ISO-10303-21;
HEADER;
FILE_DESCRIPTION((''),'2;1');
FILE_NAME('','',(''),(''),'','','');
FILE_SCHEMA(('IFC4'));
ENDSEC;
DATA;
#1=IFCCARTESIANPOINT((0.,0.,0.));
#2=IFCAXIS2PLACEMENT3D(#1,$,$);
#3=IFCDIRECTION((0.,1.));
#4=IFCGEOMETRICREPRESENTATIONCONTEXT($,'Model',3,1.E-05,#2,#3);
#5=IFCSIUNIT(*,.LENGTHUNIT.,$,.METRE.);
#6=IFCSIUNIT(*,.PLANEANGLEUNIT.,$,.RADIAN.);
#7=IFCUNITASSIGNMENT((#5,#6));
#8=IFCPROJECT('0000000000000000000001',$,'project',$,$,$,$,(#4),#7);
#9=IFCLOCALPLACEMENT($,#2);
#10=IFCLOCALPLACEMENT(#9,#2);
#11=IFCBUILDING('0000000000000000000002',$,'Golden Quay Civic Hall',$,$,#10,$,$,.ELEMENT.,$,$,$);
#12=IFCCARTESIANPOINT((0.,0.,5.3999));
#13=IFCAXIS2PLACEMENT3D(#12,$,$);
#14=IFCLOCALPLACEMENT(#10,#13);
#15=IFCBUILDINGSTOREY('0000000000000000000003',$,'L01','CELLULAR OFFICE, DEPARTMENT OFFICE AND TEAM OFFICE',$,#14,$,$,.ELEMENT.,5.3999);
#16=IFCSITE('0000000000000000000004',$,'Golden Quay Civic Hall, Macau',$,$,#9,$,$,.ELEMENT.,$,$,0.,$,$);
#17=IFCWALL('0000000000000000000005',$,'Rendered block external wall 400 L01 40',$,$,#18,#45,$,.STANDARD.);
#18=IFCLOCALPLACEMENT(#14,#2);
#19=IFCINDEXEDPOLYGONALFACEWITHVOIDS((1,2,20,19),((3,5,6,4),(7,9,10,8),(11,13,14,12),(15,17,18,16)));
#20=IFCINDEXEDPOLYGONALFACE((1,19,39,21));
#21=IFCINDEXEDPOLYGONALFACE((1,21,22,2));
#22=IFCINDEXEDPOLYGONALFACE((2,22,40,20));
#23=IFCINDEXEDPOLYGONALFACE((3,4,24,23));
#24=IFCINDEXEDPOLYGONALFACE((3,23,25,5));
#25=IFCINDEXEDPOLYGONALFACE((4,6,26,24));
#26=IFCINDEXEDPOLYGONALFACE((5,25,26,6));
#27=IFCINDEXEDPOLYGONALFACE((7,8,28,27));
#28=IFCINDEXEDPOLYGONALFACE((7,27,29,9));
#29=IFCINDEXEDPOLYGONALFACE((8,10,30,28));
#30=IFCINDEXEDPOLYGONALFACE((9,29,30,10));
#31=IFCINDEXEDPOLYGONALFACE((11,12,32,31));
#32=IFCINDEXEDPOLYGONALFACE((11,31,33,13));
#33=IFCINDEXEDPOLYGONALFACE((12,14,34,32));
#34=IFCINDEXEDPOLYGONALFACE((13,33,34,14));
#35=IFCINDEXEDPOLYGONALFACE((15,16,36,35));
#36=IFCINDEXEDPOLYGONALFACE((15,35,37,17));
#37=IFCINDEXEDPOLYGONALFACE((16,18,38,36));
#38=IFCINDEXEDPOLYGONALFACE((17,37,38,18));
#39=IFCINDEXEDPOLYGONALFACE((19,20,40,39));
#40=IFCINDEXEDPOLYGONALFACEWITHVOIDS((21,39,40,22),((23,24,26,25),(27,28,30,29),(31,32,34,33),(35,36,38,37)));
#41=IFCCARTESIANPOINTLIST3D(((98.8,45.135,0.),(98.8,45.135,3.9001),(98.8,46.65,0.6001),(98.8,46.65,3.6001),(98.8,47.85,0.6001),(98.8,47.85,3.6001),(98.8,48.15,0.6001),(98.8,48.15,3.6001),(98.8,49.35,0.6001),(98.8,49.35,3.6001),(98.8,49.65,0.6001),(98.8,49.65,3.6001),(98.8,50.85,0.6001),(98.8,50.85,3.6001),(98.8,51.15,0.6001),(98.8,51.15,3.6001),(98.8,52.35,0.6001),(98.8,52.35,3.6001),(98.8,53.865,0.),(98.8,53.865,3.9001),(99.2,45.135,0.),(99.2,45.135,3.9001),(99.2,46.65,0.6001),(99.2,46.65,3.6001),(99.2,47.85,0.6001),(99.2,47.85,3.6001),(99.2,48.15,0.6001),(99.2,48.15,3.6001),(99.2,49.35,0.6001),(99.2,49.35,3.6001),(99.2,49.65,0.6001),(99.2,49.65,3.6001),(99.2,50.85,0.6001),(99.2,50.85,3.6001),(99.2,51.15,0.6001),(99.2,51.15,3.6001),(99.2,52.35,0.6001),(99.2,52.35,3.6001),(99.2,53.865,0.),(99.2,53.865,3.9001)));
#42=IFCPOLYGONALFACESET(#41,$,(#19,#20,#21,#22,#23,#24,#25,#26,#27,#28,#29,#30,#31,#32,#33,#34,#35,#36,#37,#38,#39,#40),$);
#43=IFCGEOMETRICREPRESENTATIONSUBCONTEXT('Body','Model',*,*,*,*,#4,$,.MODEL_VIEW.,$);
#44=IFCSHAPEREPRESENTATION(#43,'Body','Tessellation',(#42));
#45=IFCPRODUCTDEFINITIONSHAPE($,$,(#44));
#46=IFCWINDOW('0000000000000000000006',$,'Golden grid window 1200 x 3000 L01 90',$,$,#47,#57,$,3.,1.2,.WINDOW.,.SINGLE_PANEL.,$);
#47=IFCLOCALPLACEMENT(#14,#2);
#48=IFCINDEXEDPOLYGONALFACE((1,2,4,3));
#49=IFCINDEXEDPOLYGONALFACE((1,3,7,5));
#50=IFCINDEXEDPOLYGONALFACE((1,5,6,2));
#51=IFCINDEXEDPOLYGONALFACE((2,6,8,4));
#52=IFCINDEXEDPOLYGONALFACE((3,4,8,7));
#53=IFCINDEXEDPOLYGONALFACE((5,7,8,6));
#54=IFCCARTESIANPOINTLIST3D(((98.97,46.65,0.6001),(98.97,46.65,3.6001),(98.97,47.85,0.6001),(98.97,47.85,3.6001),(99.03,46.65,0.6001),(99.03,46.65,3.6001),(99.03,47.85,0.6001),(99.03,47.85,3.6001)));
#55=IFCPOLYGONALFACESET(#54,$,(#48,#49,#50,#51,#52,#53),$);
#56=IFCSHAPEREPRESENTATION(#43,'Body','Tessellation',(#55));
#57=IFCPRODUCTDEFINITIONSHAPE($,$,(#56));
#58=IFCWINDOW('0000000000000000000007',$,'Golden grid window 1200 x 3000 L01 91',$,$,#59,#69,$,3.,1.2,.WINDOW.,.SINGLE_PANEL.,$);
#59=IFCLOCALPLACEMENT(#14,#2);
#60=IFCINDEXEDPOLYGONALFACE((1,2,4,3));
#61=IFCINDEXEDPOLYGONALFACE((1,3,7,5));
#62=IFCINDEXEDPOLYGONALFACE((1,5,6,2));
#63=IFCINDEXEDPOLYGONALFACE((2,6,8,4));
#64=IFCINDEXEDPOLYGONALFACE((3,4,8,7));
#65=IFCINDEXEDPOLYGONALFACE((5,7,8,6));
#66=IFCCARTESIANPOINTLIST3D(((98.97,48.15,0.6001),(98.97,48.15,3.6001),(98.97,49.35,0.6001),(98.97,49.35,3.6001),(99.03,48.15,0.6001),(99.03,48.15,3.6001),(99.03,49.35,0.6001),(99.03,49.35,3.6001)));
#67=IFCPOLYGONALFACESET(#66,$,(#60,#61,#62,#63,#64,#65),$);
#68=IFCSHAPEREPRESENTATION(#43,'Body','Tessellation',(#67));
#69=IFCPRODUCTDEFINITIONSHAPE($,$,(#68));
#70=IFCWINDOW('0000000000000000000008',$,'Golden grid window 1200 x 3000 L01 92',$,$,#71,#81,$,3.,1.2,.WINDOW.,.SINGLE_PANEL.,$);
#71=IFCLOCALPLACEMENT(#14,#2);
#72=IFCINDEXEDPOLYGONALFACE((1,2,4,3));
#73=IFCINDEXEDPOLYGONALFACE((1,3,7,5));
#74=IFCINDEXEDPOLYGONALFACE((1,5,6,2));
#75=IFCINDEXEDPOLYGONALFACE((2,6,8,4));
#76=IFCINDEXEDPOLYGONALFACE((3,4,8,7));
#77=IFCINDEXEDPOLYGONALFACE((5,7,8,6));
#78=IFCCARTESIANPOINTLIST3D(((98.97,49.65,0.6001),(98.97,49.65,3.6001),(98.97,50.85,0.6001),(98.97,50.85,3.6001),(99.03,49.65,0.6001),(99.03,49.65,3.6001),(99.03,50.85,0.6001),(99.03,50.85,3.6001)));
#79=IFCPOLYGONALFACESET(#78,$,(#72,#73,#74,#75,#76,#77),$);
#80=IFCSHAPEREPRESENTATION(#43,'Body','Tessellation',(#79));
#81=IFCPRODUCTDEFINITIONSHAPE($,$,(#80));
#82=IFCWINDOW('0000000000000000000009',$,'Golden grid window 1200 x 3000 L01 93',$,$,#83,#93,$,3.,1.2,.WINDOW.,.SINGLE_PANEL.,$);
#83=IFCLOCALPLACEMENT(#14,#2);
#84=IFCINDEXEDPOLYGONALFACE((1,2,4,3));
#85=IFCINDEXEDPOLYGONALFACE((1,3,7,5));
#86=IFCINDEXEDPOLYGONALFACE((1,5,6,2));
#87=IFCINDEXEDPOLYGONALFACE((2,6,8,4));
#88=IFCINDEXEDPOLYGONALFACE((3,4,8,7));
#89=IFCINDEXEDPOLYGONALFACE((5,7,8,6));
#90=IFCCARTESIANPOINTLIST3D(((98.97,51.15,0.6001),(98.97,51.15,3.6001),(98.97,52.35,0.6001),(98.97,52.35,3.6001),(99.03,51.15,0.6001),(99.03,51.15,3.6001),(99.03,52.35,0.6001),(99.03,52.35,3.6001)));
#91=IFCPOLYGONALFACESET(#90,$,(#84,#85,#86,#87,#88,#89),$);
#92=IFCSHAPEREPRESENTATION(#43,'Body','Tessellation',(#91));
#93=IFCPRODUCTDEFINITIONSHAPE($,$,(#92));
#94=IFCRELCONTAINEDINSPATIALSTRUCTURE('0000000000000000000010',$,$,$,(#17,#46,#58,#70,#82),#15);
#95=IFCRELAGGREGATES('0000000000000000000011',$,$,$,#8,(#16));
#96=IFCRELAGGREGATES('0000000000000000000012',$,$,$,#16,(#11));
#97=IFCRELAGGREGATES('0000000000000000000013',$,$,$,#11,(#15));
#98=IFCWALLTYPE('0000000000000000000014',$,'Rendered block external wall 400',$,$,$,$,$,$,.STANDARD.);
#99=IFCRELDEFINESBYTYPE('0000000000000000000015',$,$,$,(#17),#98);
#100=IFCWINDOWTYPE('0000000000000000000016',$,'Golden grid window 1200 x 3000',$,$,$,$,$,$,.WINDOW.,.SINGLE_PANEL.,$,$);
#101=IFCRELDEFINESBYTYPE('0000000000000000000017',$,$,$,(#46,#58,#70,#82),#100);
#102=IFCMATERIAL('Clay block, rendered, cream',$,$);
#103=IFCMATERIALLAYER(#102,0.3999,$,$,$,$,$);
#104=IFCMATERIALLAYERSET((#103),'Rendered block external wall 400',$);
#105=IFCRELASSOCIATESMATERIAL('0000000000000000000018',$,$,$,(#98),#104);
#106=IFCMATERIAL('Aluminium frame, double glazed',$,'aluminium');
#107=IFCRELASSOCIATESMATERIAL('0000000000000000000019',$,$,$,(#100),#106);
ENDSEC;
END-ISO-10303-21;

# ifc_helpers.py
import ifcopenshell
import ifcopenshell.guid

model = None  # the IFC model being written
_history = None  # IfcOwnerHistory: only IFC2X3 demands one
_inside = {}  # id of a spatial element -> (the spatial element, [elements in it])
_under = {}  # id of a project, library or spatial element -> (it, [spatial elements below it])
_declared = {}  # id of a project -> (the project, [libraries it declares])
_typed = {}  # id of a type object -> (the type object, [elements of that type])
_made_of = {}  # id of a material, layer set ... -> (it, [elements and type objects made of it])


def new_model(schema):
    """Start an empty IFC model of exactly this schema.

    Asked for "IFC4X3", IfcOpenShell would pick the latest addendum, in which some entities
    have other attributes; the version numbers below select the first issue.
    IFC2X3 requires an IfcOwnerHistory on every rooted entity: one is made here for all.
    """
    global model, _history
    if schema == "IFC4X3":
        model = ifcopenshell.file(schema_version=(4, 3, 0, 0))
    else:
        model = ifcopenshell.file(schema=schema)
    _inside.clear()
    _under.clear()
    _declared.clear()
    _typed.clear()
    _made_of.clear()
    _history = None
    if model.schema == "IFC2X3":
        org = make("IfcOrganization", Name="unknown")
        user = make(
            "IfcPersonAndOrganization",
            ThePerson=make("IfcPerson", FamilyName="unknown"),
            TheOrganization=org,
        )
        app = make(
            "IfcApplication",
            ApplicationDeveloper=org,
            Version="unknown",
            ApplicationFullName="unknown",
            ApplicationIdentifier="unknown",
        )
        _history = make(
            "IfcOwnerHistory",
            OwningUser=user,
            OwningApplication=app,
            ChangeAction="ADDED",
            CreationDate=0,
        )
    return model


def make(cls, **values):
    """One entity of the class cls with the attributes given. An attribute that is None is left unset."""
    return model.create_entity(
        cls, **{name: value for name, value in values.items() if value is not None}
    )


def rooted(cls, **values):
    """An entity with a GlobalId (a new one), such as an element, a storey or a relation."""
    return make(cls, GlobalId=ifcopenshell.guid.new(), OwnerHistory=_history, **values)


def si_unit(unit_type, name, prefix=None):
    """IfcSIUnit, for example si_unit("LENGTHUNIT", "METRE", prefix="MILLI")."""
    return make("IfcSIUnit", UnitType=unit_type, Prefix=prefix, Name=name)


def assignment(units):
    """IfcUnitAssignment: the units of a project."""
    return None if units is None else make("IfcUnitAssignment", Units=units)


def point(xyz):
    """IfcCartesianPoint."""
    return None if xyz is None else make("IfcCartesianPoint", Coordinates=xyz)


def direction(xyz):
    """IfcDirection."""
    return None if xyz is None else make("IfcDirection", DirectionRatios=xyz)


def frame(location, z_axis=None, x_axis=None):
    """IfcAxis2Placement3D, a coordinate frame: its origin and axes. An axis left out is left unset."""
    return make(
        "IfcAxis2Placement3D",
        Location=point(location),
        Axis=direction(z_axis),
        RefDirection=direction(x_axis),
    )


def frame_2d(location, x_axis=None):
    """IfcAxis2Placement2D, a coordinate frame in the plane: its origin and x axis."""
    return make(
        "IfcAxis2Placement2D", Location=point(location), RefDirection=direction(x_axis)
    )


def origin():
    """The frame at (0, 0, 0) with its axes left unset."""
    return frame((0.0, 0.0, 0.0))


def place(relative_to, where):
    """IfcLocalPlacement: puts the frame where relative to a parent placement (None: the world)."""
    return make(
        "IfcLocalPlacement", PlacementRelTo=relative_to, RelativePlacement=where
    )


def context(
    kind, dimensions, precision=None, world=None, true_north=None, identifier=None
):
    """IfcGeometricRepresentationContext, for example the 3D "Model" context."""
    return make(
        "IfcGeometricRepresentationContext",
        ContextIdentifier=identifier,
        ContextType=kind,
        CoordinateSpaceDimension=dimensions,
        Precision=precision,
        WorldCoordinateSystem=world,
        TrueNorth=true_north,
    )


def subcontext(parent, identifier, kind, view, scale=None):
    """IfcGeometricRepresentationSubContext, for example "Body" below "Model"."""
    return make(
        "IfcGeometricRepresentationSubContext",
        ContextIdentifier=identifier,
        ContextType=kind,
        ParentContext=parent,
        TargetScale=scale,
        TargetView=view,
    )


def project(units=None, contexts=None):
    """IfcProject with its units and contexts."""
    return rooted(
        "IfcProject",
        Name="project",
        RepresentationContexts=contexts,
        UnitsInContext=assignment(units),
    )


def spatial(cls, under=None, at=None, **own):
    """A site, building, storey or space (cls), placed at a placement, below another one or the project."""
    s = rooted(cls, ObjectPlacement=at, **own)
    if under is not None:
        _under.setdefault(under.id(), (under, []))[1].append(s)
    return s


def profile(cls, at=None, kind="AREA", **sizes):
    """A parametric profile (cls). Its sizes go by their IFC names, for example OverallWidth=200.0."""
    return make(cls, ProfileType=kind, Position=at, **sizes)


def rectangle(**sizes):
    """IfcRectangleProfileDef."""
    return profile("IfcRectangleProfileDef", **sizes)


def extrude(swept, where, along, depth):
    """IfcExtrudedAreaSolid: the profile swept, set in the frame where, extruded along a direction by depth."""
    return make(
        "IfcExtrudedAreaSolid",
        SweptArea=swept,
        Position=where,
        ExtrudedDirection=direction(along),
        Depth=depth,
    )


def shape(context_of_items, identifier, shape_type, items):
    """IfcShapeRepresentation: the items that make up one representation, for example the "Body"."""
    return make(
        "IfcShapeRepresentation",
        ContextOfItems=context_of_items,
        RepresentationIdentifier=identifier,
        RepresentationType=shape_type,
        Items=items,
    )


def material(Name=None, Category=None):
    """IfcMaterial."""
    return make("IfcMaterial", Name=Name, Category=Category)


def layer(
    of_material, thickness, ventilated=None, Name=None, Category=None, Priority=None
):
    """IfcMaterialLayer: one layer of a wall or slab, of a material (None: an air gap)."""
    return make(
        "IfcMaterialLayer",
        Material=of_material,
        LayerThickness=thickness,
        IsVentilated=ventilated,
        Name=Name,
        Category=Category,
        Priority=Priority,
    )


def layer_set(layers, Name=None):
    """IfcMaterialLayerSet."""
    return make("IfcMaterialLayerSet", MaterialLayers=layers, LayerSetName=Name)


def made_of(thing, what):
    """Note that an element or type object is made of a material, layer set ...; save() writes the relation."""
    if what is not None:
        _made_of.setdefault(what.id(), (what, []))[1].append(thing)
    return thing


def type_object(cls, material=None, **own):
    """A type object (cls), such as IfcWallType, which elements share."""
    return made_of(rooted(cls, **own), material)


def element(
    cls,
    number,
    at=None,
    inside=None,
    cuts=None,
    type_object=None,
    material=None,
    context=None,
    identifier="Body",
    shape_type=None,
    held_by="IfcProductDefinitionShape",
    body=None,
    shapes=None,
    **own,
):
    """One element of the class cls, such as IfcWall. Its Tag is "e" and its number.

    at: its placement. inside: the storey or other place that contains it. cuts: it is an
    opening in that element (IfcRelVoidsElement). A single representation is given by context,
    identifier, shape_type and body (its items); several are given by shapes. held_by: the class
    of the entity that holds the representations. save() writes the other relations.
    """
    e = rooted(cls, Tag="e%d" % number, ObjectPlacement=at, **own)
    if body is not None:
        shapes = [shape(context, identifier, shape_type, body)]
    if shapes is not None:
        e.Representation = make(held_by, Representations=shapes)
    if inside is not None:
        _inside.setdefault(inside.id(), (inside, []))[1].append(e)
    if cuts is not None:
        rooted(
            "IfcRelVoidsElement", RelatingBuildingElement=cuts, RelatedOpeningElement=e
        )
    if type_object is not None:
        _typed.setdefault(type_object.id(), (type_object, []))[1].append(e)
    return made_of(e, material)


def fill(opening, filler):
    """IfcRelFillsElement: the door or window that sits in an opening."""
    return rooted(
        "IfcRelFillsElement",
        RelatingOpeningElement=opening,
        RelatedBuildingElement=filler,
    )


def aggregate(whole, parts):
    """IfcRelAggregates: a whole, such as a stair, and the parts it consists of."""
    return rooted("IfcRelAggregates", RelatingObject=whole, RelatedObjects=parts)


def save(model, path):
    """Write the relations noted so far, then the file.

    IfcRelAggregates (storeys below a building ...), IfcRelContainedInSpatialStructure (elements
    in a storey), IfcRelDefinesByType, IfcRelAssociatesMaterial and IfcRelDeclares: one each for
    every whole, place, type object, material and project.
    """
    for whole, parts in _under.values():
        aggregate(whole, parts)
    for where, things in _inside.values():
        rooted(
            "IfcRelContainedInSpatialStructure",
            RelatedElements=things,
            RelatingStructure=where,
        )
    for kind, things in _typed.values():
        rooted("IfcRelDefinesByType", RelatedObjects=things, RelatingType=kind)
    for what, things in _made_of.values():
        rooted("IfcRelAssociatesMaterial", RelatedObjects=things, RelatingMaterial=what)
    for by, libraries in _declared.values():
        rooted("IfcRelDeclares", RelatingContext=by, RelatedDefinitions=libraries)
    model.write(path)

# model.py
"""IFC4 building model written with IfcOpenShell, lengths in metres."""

from ifc_helpers import new_model, si_unit, direction, frame, frame_2d, origin, place, context, subcontext, project, spatial, rectangle, extrude, material, layer, layer_set, type_object, element, fill, save


model = new_model("IFC4")

# Units and contexts
model_context = context("Model", 3, precision=1e-05, world=origin(), true_north=direction((0.0, 1.0)))
body_context = subcontext(model_context, "Body", "Model", "MODEL_VIEW")
ifc_project = project(units=[si_unit("LENGTHUNIT", "METRE"), si_unit("PLANEANGLEUNIT", "RADIAN")], contexts=[model_context])

# Site, building, storey
site_placement = place(None, origin())
site = spatial("IfcSite", under=ifc_project, at=site_placement, Name="Golden Quay Civic Hall, Macau", CompositionType="ELEMENT", RefElevation=0.0)
building_placement = place(site_placement, origin())
building = spatial("IfcBuilding", under=site, at=building_placement, Name="Golden Quay Civic Hall", CompositionType="ELEMENT")
storey_placement = place(building_placement, frame((0.0, 0.0, 5.3999)))
storey = spatial("IfcBuildingStorey", under=building, at=storey_placement, Name="L01", Description="CELLULAR OFFICE, DEPARTMENT OFFICE AND TEAM OFFICE", CompositionType="ELEMENT", Elevation=5.3999)

# Wall, openings, windows
ifc_material_1 = material(Name="Clay block, rendered, cream")
ifc_layer_1 = layer(ifc_material_1, 0.3999)
ifc_layer_set_1 = layer_set([ifc_layer_1], Name="Rendered block external wall 400")
wall_type = type_object("IfcWallType", Name="Rendered block external wall 400", PredefinedType="STANDARD", material=ifc_layer_set_1)
wall_placement = place(storey_placement, frame((99.0, 45.135, 0.0), z_axis=(0.0, 0.0, 1.0), x_axis=(0.0, 1.0, 0.0)))
wall = element("IfcWall", 1, at=wall_placement, inside=storey, type_object=wall_type, Name="Rendered block external wall 400 L01 40", PredefinedType="STANDARD", context=body_context, shape_type="SweptSolid", body=[
    extrude(rectangle(XDim=8.73, YDim=0.3999, at=frame_2d((4.365, 0.0))), origin(), (0.0, 0.0, 1.0), 3.9001),
])
opening_1_placement = place(wall_placement, frame((1.5149, 0.0, 0.6001)))
opening_1 = element("IfcOpeningElement", 2, at=opening_1_placement, cuts=wall, PredefinedType="OPENING", context=body_context, shape_type="SweptSolid", body=[
    extrude(rectangle(XDim=1.2, YDim=3.0, at=frame_2d((0.6001, 1.5))), frame((0.0, 0.21, 0.0), z_axis=(0.0, -1.0, 0.0), x_axis=(1.0, 0.0, 0.0)), (0.0, 0.0, 1.0), 0.4199),
])
opening_2_placement = place(wall_placement, frame((3.0149, 0.0, 0.6001)))
opening_2 = element("IfcOpeningElement", 3, at=opening_2_placement, cuts=wall, PredefinedType="OPENING", context=body_context, shape_type="SweptSolid", body=[
    extrude(rectangle(XDim=1.2, YDim=3.0, at=frame_2d((0.6001, 1.5))), frame((0.0, 0.21, 0.0), z_axis=(0.0, -1.0, 0.0), x_axis=(1.0, 0.0, 0.0)), (0.0, 0.0, 1.0), 0.4199),
])
opening_3_placement = place(wall_placement, frame((4.5149, 0.0, 0.6001)))
opening_3 = element("IfcOpeningElement", 4, at=opening_3_placement, cuts=wall, PredefinedType="OPENING", context=body_context, shape_type="SweptSolid", body=[
    extrude(rectangle(XDim=1.2, YDim=3.0, at=frame_2d((0.6001, 1.5))), frame((0.0, 0.21, 0.0), z_axis=(0.0, -1.0, 0.0), x_axis=(1.0, 0.0, 0.0)), (0.0, 0.0, 1.0), 0.4199),
])
opening_4_placement = place(wall_placement, frame((6.0149, 0.0, 0.6001)))
opening_4 = element("IfcOpeningElement", 5, at=opening_4_placement, cuts=wall, PredefinedType="OPENING", context=body_context, shape_type="SweptSolid", body=[
    extrude(rectangle(XDim=1.2, YDim=3.0, at=frame_2d((0.6001, 1.5))), frame((0.0, 0.21, 0.0), z_axis=(0.0, -1.0, 0.0), x_axis=(1.0, 0.0, 0.0)), (0.0, 0.0, 1.0), 0.4199),
])
ifc_material_2 = material(Name="Aluminium frame, double glazed", Category="aluminium")
window_type = type_object("IfcWindowType", Name="Golden grid window 1200 x 3000", PartitioningType="SINGLE_PANEL", PredefinedType="WINDOW", material=ifc_material_2)
window_1_placement = place(opening_1_placement, origin())
window_1 = element("IfcWindow", 6, at=window_1_placement, inside=storey, type_object=window_type, Name="Golden grid window 1200 x 3000 L01 90", OverallHeight=3.0, OverallWidth=1.2, PartitioningType="SINGLE_PANEL", PredefinedType="WINDOW", context=body_context, shape_type="SweptSolid", body=[
    extrude(rectangle(XDim=1.2, YDim=3.0, at=frame_2d((0.6001, 1.5))), frame((0.0, 0.03, 0.0), z_axis=(0.0, -1.0, 0.0), x_axis=(1.0, 0.0, 0.0)), (0.0, 0.0, 1.0), 0.0601),
])
fill(opening_1, window_1)
window_2_placement = place(opening_2_placement, origin())
window_2 = element("IfcWindow", 7, at=window_2_placement, inside=storey, type_object=window_type, Name="Golden grid window 1200 x 3000 L01 91", OverallHeight=3.0, OverallWidth=1.2, PartitioningType="SINGLE_PANEL", PredefinedType="WINDOW", context=body_context, shape_type="SweptSolid", body=[
    extrude(rectangle(XDim=1.2, YDim=3.0, at=frame_2d((0.6001, 1.5))), frame((0.0, 0.03, 0.0), z_axis=(0.0, -1.0, 0.0), x_axis=(1.0, 0.0, 0.0)), (0.0, 0.0, 1.0), 0.0601),
])
fill(opening_2, window_2)
window_3_placement = place(opening_3_placement, origin())
window_3 = element("IfcWindow", 8, at=window_3_placement, inside=storey, type_object=window_type, Name="Golden grid window 1200 x 3000 L01 92", OverallHeight=3.0, OverallWidth=1.2, PartitioningType="SINGLE_PANEL", PredefinedType="WINDOW", context=body_context, shape_type="SweptSolid", body=[
    extrude(rectangle(XDim=1.2, YDim=3.0, at=frame_2d((0.6001, 1.5))), frame((0.0, 0.03, 0.0), z_axis=(0.0, -1.0, 0.0), x_axis=(1.0, 0.0, 0.0)), (0.0, 0.0, 1.0), 0.0601),
])
fill(opening_3, window_3)
window_4_placement = place(opening_4_placement, origin())
window_4 = element("IfcWindow", 9, at=window_4_placement, inside=storey, type_object=window_type, Name="Golden grid window 1200 x 3000 L01 93", OverallHeight=3.0, OverallWidth=1.2, PartitioningType="SINGLE_PANEL", PredefinedType="WINDOW", context=body_context, shape_type="SweptSolid", body=[
    extrude(rectangle(XDim=1.2, YDim=3.0, at=frame_2d((0.6001, 1.5))), frame((0.0, 0.03, 0.0), z_axis=(0.0, -1.0, 0.0), x_axis=(1.0, 0.0, 0.0)), (0.0, 0.0, 1.0), 0.0601),
])
fill(opening_4, window_4)

save(model, "model.ifc")
